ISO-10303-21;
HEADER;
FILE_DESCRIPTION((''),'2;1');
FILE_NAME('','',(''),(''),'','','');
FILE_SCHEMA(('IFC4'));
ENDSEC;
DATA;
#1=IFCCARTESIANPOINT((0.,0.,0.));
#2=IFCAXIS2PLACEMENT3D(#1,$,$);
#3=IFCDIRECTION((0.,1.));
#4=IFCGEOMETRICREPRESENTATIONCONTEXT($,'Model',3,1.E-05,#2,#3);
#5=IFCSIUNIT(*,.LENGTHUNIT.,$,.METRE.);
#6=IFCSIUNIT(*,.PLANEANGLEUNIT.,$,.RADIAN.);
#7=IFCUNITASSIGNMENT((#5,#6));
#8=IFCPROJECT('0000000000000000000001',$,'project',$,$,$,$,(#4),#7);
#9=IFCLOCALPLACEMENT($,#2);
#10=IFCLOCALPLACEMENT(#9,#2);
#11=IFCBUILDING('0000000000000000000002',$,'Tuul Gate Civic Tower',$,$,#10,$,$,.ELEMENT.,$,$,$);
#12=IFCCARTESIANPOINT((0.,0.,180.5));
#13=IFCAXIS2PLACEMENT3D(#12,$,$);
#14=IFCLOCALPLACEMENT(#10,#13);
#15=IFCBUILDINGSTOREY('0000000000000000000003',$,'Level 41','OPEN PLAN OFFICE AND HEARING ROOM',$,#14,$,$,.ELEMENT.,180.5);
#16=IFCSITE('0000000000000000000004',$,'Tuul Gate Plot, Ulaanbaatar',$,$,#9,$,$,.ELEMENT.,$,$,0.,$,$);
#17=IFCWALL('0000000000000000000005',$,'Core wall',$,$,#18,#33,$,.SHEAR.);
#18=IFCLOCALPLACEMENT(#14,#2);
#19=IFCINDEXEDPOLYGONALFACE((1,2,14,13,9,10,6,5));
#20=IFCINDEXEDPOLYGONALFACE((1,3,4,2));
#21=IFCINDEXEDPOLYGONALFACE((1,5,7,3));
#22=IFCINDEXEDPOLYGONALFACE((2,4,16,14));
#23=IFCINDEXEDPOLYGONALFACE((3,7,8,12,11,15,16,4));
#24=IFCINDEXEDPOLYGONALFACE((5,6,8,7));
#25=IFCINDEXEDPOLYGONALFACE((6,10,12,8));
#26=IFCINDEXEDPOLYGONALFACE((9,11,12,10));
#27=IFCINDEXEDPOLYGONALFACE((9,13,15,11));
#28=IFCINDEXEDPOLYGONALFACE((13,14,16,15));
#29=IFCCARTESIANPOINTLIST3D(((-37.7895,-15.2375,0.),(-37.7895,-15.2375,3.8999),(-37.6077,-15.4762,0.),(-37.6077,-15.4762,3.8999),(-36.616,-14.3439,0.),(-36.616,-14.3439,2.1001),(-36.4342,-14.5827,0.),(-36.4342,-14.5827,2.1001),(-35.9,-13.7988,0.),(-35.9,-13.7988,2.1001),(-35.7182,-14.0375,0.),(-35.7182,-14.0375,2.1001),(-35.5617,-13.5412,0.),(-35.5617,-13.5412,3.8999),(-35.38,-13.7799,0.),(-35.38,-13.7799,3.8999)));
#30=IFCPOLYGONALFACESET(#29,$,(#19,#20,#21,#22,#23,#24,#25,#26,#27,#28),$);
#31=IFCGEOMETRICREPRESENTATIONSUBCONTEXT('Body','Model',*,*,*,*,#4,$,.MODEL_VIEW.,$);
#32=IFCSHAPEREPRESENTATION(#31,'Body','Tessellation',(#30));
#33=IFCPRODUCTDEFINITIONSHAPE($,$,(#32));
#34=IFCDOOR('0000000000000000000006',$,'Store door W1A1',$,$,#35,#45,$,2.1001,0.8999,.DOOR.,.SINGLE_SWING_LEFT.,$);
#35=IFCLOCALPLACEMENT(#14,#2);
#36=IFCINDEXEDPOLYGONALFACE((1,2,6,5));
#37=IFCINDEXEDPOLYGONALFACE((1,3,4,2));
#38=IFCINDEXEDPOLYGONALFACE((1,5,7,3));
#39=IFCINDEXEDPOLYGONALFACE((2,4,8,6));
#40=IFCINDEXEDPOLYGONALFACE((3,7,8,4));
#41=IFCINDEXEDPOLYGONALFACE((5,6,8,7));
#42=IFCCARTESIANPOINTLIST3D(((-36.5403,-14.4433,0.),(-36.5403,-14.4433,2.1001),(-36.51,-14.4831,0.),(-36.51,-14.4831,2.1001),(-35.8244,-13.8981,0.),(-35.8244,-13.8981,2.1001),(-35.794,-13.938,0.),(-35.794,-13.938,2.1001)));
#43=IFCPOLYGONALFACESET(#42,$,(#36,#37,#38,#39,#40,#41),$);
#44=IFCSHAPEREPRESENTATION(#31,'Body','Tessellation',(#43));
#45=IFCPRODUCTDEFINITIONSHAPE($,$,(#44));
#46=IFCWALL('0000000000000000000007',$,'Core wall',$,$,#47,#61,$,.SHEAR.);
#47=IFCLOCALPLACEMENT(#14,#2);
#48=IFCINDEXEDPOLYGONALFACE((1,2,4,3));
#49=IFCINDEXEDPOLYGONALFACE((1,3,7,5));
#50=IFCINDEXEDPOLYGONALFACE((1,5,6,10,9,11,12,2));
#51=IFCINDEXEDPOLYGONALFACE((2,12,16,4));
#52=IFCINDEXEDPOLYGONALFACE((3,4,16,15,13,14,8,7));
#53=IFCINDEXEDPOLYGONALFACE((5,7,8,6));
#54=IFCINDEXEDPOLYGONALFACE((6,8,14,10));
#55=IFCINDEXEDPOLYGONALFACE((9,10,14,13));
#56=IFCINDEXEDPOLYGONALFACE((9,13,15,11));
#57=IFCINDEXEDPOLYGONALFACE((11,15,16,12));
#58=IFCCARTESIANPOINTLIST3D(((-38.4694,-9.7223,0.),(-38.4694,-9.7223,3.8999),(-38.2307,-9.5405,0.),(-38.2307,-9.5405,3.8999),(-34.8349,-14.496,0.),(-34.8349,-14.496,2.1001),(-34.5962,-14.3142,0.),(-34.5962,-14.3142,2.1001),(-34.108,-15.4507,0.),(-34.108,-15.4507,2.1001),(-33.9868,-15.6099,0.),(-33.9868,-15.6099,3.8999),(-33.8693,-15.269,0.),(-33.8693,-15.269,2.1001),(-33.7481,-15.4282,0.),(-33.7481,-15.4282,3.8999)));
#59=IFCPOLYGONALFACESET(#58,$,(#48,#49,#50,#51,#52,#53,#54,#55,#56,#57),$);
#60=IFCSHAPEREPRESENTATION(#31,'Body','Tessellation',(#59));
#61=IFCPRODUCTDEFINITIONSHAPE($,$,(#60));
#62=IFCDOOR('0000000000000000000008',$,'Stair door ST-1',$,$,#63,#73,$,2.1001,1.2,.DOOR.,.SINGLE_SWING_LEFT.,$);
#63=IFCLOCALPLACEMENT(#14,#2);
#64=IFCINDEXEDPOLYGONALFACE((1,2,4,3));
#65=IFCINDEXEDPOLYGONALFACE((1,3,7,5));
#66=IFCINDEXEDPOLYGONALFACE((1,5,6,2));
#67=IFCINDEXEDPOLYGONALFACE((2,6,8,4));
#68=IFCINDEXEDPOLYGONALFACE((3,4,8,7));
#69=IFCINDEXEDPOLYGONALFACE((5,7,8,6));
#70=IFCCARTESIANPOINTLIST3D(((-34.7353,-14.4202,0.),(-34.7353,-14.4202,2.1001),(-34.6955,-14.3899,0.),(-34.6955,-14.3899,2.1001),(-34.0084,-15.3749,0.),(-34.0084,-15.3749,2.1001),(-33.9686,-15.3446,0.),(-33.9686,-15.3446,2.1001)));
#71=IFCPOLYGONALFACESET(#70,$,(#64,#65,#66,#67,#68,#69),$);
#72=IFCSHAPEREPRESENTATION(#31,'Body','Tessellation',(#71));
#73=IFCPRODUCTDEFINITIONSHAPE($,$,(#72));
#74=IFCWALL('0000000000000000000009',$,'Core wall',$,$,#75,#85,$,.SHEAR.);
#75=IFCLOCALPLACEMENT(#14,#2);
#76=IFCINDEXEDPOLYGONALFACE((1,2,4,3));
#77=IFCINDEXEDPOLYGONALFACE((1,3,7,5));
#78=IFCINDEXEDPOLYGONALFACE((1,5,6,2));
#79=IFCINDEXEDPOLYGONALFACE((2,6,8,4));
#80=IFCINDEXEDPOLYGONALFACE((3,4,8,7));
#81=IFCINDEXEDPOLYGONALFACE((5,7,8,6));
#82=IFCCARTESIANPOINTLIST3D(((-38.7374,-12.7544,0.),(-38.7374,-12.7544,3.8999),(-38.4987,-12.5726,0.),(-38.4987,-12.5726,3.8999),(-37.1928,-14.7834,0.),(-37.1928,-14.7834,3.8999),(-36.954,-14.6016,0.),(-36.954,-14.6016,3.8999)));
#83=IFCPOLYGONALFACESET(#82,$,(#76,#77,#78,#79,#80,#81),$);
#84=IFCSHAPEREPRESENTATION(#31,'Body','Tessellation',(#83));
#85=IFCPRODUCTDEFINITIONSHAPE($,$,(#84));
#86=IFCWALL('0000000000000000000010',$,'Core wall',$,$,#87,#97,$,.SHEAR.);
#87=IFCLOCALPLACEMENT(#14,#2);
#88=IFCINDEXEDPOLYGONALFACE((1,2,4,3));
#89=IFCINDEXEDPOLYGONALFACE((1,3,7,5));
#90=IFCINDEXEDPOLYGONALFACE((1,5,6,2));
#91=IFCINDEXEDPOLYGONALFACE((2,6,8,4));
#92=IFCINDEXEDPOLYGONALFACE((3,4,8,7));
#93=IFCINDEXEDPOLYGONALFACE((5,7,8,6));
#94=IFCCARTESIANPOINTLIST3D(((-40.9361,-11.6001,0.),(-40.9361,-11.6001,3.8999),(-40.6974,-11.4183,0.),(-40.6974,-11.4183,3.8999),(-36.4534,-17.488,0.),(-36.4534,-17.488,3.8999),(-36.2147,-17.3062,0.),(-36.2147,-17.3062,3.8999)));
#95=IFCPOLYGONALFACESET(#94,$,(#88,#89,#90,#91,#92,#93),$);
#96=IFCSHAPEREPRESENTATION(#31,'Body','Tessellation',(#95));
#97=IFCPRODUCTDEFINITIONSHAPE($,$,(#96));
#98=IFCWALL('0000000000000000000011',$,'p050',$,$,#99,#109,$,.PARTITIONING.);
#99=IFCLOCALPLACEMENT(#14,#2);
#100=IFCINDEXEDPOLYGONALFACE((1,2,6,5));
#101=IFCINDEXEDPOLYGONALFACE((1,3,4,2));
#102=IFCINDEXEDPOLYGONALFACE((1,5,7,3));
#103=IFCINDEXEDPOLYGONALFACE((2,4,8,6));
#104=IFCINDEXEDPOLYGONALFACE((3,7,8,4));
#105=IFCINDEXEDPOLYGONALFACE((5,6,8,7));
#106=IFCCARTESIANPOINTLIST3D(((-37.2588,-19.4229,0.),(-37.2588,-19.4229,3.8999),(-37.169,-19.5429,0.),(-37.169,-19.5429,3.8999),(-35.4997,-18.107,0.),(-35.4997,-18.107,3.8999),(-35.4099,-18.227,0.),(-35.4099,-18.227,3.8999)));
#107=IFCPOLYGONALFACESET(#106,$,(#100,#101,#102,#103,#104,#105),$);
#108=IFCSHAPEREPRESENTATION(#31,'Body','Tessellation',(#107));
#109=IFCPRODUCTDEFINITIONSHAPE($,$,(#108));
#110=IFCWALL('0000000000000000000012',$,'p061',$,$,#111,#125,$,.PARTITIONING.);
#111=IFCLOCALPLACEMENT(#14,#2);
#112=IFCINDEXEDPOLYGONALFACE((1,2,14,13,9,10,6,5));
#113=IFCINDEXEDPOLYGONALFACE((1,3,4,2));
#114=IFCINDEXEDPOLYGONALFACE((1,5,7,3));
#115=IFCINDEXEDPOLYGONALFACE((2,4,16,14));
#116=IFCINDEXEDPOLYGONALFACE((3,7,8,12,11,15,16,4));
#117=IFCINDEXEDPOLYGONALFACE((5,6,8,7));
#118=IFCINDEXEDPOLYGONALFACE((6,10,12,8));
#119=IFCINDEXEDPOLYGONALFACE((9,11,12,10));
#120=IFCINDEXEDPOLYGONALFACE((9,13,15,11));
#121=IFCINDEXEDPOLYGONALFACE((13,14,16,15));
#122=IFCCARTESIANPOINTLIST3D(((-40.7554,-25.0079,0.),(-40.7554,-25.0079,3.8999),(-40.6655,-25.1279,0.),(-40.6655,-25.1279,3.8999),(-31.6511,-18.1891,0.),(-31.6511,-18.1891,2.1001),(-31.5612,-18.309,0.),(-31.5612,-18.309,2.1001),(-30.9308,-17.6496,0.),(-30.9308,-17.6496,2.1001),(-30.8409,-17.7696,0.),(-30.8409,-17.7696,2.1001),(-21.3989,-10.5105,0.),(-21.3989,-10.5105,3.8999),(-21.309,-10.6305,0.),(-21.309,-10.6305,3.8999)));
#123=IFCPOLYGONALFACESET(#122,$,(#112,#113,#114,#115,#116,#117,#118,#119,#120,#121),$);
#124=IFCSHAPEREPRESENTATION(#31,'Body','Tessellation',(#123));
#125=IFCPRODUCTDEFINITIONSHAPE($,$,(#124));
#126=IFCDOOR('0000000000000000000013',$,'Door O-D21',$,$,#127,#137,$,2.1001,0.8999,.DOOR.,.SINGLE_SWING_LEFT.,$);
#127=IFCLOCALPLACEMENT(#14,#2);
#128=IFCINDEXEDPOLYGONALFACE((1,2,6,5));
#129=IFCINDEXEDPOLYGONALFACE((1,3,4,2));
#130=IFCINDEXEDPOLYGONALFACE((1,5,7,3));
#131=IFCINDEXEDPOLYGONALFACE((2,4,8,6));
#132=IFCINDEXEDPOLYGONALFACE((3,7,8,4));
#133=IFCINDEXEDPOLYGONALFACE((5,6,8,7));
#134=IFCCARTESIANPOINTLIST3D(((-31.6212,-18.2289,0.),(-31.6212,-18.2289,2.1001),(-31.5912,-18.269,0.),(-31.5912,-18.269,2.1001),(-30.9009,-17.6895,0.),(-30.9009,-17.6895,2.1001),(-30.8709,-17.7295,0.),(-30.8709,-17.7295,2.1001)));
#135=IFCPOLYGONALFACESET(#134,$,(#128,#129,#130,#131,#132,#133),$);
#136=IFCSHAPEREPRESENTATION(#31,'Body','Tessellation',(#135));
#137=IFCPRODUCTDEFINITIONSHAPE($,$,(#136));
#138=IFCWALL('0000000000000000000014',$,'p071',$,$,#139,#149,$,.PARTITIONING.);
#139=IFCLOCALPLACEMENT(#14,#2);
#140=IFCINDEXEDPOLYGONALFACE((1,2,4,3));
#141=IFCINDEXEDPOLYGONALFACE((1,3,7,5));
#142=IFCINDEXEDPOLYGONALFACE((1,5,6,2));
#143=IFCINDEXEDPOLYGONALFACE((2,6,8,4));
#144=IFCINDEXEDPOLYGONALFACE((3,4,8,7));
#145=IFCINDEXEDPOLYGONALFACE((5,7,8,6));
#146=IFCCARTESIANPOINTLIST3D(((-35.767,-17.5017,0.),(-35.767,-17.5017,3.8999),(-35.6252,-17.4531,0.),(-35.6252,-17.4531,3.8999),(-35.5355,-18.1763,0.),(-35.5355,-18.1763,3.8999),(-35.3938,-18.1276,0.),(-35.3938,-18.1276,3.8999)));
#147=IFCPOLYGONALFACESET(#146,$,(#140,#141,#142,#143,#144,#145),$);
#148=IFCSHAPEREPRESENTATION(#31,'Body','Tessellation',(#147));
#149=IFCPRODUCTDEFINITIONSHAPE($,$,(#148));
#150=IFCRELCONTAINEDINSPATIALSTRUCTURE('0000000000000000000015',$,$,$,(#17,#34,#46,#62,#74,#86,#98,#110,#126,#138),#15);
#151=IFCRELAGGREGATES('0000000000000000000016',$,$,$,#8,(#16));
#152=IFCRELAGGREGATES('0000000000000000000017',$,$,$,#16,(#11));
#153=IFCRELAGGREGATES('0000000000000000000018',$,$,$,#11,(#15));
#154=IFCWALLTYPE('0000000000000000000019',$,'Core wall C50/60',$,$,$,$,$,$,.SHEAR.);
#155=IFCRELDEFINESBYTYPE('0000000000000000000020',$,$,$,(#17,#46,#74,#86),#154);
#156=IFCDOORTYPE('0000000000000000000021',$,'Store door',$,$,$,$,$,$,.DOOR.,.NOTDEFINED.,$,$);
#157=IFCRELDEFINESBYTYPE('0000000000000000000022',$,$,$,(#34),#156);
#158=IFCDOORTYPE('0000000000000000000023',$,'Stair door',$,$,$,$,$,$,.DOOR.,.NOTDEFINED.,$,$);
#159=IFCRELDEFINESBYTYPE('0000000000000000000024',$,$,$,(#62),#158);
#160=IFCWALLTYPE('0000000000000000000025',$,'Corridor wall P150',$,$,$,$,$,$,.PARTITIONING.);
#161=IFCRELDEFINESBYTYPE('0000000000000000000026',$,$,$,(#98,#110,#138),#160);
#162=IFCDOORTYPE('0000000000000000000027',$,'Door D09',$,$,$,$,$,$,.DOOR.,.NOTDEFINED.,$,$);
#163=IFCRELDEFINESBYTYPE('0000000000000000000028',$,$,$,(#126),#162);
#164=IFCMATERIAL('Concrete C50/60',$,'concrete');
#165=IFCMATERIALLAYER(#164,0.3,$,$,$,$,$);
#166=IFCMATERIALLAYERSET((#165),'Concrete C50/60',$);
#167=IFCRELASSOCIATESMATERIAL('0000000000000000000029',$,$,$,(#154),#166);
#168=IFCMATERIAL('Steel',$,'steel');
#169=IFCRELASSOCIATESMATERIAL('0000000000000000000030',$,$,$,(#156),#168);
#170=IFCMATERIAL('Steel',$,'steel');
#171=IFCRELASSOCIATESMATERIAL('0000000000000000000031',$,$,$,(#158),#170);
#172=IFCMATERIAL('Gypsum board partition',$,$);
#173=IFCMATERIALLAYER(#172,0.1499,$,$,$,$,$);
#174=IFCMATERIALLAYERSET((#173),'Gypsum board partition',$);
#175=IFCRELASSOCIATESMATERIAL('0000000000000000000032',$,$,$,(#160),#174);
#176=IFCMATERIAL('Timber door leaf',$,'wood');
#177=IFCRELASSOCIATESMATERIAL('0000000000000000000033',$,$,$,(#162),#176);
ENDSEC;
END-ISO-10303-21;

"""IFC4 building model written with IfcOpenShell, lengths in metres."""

from ifc_helpers import new_model, si_unit, direction, frame, frame_2d, origin, place, context, subcontext, project, spatial, rectangle, extrude, material, layer, layer_set, type_object, element, fill, save


model = new_model("IFC4")

# Units and contexts
model_context = context("Model", 3, precision=1e-05, world=origin(), true_north=direction((0.0, 1.0)))
body_context = subcontext(model_context, "Body", "Model", "MODEL_VIEW")
ifc_project = project(units=[si_unit("LENGTHUNIT", "METRE"), si_unit("PLANEANGLEUNIT", "RADIAN")], contexts=[model_context])

# Site, building, storey
site_placement = place(None, origin())
site = spatial("IfcSite", under=ifc_project, at=site_placement, Name="Tuul Gate Plot, Ulaanbaatar", CompositionType="ELEMENT", RefElevation=0.0)
building_placement = place(site_placement, origin())
building = spatial("IfcBuilding", under=site, at=building_placement, Name="Tuul Gate Civic Tower", CompositionType="ELEMENT")
storey_placement = place(building_placement, frame((0.0, 0.0, 180.5)))
storey = spatial("IfcBuildingStorey", under=building, at=storey_placement, Name="Level 41", Description="OPEN PLAN OFFICE AND HEARING ROOM", CompositionType="ELEMENT", Elevation=180.5)

# Walls, openings, doors
ifc_material_1 = material(Name="Concrete C50/60", Category="concrete")
ifc_layer_1 = layer(ifc_material_1, 0.3)
ifc_layer_set_1 = layer_set([ifc_layer_1], Name="Concrete C50/60")
wall_type_1 = type_object("IfcWallType", Name="Core wall C50/60", PredefinedType="SHEAR", material=ifc_layer_set_1)
wall_1_placement = place(storey_placement, frame((-35.4709, -13.6606, 0.0), z_axis=(0.0, 0.0, 1.0), x_axis=(-0.795616, -0.605802, 0.0)))
wall_1 = element("IfcWall", 1, at=wall_1_placement, inside=storey, type_object=wall_type_1, Name="Core wall", PredefinedType="SHEAR", context=body_context, shape_type="SweptSolid", body=[
    extrude(rectangle(XDim=2.8, YDim=0.3, at=frame_2d((1.3999, 0.0))), origin(), (0.0, 0.0, 1.0), 3.8999),
])
opening_1_placement = place(wall_1_placement, frame((0.425, 0.0, 0.0)))
opening_1 = element("IfcOpeningElement", 2, at=opening_1_placement, cuts=wall_1, PredefinedType="OPENING", context=body_context, shape_type="SweptSolid", body=[
    extrude(rectangle(XDim=0.8999, YDim=2.1001, at=frame_2d((0.45, 1.05))), frame((0.0, 0.1602, 0.0), z_axis=(0.0, -1.0, 0.0), x_axis=(1.0, 0.0, 0.0)), (0.0, 0.0, 1.0), 0.3201),
])
ifc_material_2 = material(Name="Steel", Category="steel")
door_type_1 = type_object("IfcDoorType", Name="Store door", OperationType="NOTDEFINED", PredefinedType="DOOR", material=ifc_material_2)
door_1_placement = place(opening_1_placement, origin())
door_1 = element("IfcDoor", 3, at=door_1_placement, inside=storey, type_object=door_type_1, Name="Store door W1A1", OperationType="SINGLE_SWING_LEFT", OverallHeight=2.1001, OverallWidth=0.8999, PredefinedType="DOOR", context=body_context, shape_type="SweptSolid", body=[
    extrude(rectangle(XDim=0.8999, YDim=2.1001, at=frame_2d((0.45, 1.05))), frame((0.0, 0.0249, 0.0), z_axis=(0.0, -1.0, 0.0), x_axis=(1.0, 0.0, 0.0)), (0.0, 0.0, 1.0), 0.05),
])
fill(opening_1, door_1)
wall_2_placement = place(storey_placement, frame((-33.8674, -15.519, 0.0), z_axis=(0.0, 0.0, 1.0), x_axis=(-0.60577, 0.79564, 0.0)))
wall_2 = element("IfcWall", 4, at=wall_2_placement, inside=storey, type_object=wall_type_1, Name="Core wall", PredefinedType="SHEAR", context=body_context, shape_type="SweptSolid", body=[
    extrude(rectangle(XDim=7.3999, YDim=0.3, at=frame_2d((3.7, 0.0))), origin(), (0.0, 0.0, 1.0), 3.8999),
])
opening_2_placement = place(wall_2_placement, frame((0.2, 0.0, 0.0)))
opening_2 = element("IfcOpeningElement", 5, at=opening_2_placement, cuts=wall_2, PredefinedType="OPENING", context=body_context, shape_type="SweptSolid", body=[
    extrude(rectangle(XDim=1.2, YDim=2.1001, at=frame_2d((0.6001, 1.05))), frame((0.0, 0.1602, 0.0), z_axis=(0.0, -1.0, 0.0), x_axis=(1.0, 0.0, 0.0)), (0.0, 0.0, 1.0), 0.3201),
])
ifc_material_3 = material(Name="Steel", Category="steel")
door_type_2 = type_object("IfcDoorType", Name="Stair door", OperationType="NOTDEFINED", PredefinedType="DOOR", material=ifc_material_3)
door_2_placement = place(opening_2_placement, origin())
door_2 = element("IfcDoor", 6, at=door_2_placement, inside=storey, type_object=door_type_2, Name="Stair door ST-1", OperationType="SINGLE_SWING_LEFT", OverallHeight=2.1001, OverallWidth=1.2, PredefinedType="DOOR", context=body_context, shape_type="SweptSolid", body=[
    extrude(rectangle(XDim=1.2, YDim=2.1001, at=frame_2d((0.6001, 1.05))), frame((0.0, 0.0249, 0.0), z_axis=(0.0, -1.0, 0.0), x_axis=(1.0, 0.0, 0.0)), (0.0, 0.0, 1.0), 0.05),
])
fill(opening_2, door_2)

# Walls
wall_3_placement = place(storey_placement, frame((-37.0735, -14.6924, 0.0), z_axis=(0.0, 0.0, 1.0), x_axis=(-0.605729, 0.795671, 0.0)))
element("IfcWall", 7, at=wall_3_placement, inside=storey, type_object=wall_type_1, Name="Core wall", PredefinedType="SHEAR", context=body_context, shape_type="SweptSolid", body=[
    extrude(rectangle(XDim=2.55, YDim=0.3, at=frame_2d((1.2749, 0.0))), origin(), (0.0, 0.0, 1.0), 3.8999),
])
wall_4_placement = place(storey_placement, frame((-36.334, -17.3972, 0.0), z_axis=(0.0, 0.0, 1.0), x_axis=(-0.605754, 0.795652, 0.0)))
element("IfcWall", 8, at=wall_4_placement, inside=storey, type_object=wall_type_1, Name="Core wall", PredefinedType="SHEAR", context=body_context, shape_type="SweptSolid", body=[
    extrude(rectangle(XDim=7.4001, YDim=0.3, at=frame_2d((3.7002, 0.0))), origin(), (0.0, 0.0, 1.0), 3.8999),
])
ifc_material_4 = material(Name="Gypsum board partition")
ifc_layer_2 = layer(ifc_material_4, 0.1499)
ifc_layer_set_2 = layer_set([ifc_layer_2], Name="Gypsum board partition")
wall_type_2 = type_object("IfcWallType", Name="Corridor wall P150", PredefinedType="PARTITIONING", material=ifc_layer_set_2)
wall_5_placement = place(storey_placement, frame((-37.2139, -19.4829, 0.0), z_axis=(0.0, 0.0, 1.0), x_axis=(0.800733, 0.599022, 0.0)))
element("IfcWall", 9, at=wall_5_placement, inside=storey, type_object=wall_type_2, Name="p050", PredefinedType="PARTITIONING", context=body_context, shape_type="SweptSolid", body=[
    extrude(rectangle(XDim=2.1968, YDim=0.1499, at=frame_2d((1.0984, 0.0))), origin(), (0.0, 0.0, 1.0), 3.8999),
])

# Wall, opening, door
wall_6_placement = place(storey_placement, frame((-40.7104, -25.0679, 0.0), z_axis=(0.0, 0.0, 1.0), x_axis=(0.800397, 0.59947, 0.0)))
wall_6 = element("IfcWall", 10, at=wall_6_placement, inside=storey, type_object=wall_type_2, Name="p061", PredefinedType="PARTITIONING", context=body_context, shape_type="SweptSolid", body=[
    extrude(rectangle(XDim=24.1836, YDim=0.1499, at=frame_2d((12.0918, 0.0))), origin(), (0.0, 0.0, 1.0), 3.8999),
])
opening_3_placement = place(wall_6_placement, frame((11.3748, 0.0, 0.0)))
opening_3 = element("IfcOpeningElement", 11, at=opening_3_placement, cuts=wall_6, PredefinedType="OPENING", context=body_context, shape_type="SweptSolid", body=[
    extrude(rectangle(XDim=0.8999, YDim=2.1001, at=frame_2d((0.45, 1.05))), frame((0.0, 0.085, 0.0), z_axis=(0.0, -1.0, 0.0), x_axis=(1.0, 0.0, 0.0)), (0.0, 0.0, 1.0), 0.1699),
])
ifc_material_5 = material(Name="Timber door leaf", Category="wood")
door_type_3 = type_object("IfcDoorType", Name="Door D09", OperationType="NOTDEFINED", PredefinedType="DOOR", material=ifc_material_5)
door_3_placement = place(opening_3_placement, frame((0.8999, 0.0, 0.0), z_axis=(0.0, 0.0, 1.0), x_axis=(-1.0, 0.0, 0.0)))
door_3 = element("IfcDoor", 12, at=door_3_placement, inside=storey, type_object=door_type_3, Name="Door O-D21", OperationType="SINGLE_SWING_LEFT", OverallHeight=2.1001, OverallWidth=0.8999, PredefinedType="DOOR", context=body_context, shape_type="SweptSolid", body=[
    extrude(rectangle(XDim=0.8999, YDim=2.1001, at=frame_2d((0.45, 1.05))), frame((0.0, 0.0249, 0.0), z_axis=(0.0, -1.0, 0.0), x_axis=(1.0, 0.0, 0.0)), (0.0, 0.0, 1.0), 0.05),
])
fill(opening_3, door_3)

# Wall
wall_7_placement = place(storey_placement, frame((-35.696, -17.4775, 0.0), z_axis=(0.0, 0.0, 1.0), x_axis=(0.324534, -0.945874, 0.0)))
element("IfcWall", 13, at=wall_7_placement, inside=storey, type_object=wall_type_2, Name="p071", PredefinedType="PARTITIONING", context=body_context, shape_type="SweptSolid", body=[
    extrude(rectangle(XDim=0.7131, YDim=0.1499, at=frame_2d((0.3564, 0.0))), origin(), (0.0, 0.0, 1.0), 3.8999),
])

save(model, "model.ifc")
